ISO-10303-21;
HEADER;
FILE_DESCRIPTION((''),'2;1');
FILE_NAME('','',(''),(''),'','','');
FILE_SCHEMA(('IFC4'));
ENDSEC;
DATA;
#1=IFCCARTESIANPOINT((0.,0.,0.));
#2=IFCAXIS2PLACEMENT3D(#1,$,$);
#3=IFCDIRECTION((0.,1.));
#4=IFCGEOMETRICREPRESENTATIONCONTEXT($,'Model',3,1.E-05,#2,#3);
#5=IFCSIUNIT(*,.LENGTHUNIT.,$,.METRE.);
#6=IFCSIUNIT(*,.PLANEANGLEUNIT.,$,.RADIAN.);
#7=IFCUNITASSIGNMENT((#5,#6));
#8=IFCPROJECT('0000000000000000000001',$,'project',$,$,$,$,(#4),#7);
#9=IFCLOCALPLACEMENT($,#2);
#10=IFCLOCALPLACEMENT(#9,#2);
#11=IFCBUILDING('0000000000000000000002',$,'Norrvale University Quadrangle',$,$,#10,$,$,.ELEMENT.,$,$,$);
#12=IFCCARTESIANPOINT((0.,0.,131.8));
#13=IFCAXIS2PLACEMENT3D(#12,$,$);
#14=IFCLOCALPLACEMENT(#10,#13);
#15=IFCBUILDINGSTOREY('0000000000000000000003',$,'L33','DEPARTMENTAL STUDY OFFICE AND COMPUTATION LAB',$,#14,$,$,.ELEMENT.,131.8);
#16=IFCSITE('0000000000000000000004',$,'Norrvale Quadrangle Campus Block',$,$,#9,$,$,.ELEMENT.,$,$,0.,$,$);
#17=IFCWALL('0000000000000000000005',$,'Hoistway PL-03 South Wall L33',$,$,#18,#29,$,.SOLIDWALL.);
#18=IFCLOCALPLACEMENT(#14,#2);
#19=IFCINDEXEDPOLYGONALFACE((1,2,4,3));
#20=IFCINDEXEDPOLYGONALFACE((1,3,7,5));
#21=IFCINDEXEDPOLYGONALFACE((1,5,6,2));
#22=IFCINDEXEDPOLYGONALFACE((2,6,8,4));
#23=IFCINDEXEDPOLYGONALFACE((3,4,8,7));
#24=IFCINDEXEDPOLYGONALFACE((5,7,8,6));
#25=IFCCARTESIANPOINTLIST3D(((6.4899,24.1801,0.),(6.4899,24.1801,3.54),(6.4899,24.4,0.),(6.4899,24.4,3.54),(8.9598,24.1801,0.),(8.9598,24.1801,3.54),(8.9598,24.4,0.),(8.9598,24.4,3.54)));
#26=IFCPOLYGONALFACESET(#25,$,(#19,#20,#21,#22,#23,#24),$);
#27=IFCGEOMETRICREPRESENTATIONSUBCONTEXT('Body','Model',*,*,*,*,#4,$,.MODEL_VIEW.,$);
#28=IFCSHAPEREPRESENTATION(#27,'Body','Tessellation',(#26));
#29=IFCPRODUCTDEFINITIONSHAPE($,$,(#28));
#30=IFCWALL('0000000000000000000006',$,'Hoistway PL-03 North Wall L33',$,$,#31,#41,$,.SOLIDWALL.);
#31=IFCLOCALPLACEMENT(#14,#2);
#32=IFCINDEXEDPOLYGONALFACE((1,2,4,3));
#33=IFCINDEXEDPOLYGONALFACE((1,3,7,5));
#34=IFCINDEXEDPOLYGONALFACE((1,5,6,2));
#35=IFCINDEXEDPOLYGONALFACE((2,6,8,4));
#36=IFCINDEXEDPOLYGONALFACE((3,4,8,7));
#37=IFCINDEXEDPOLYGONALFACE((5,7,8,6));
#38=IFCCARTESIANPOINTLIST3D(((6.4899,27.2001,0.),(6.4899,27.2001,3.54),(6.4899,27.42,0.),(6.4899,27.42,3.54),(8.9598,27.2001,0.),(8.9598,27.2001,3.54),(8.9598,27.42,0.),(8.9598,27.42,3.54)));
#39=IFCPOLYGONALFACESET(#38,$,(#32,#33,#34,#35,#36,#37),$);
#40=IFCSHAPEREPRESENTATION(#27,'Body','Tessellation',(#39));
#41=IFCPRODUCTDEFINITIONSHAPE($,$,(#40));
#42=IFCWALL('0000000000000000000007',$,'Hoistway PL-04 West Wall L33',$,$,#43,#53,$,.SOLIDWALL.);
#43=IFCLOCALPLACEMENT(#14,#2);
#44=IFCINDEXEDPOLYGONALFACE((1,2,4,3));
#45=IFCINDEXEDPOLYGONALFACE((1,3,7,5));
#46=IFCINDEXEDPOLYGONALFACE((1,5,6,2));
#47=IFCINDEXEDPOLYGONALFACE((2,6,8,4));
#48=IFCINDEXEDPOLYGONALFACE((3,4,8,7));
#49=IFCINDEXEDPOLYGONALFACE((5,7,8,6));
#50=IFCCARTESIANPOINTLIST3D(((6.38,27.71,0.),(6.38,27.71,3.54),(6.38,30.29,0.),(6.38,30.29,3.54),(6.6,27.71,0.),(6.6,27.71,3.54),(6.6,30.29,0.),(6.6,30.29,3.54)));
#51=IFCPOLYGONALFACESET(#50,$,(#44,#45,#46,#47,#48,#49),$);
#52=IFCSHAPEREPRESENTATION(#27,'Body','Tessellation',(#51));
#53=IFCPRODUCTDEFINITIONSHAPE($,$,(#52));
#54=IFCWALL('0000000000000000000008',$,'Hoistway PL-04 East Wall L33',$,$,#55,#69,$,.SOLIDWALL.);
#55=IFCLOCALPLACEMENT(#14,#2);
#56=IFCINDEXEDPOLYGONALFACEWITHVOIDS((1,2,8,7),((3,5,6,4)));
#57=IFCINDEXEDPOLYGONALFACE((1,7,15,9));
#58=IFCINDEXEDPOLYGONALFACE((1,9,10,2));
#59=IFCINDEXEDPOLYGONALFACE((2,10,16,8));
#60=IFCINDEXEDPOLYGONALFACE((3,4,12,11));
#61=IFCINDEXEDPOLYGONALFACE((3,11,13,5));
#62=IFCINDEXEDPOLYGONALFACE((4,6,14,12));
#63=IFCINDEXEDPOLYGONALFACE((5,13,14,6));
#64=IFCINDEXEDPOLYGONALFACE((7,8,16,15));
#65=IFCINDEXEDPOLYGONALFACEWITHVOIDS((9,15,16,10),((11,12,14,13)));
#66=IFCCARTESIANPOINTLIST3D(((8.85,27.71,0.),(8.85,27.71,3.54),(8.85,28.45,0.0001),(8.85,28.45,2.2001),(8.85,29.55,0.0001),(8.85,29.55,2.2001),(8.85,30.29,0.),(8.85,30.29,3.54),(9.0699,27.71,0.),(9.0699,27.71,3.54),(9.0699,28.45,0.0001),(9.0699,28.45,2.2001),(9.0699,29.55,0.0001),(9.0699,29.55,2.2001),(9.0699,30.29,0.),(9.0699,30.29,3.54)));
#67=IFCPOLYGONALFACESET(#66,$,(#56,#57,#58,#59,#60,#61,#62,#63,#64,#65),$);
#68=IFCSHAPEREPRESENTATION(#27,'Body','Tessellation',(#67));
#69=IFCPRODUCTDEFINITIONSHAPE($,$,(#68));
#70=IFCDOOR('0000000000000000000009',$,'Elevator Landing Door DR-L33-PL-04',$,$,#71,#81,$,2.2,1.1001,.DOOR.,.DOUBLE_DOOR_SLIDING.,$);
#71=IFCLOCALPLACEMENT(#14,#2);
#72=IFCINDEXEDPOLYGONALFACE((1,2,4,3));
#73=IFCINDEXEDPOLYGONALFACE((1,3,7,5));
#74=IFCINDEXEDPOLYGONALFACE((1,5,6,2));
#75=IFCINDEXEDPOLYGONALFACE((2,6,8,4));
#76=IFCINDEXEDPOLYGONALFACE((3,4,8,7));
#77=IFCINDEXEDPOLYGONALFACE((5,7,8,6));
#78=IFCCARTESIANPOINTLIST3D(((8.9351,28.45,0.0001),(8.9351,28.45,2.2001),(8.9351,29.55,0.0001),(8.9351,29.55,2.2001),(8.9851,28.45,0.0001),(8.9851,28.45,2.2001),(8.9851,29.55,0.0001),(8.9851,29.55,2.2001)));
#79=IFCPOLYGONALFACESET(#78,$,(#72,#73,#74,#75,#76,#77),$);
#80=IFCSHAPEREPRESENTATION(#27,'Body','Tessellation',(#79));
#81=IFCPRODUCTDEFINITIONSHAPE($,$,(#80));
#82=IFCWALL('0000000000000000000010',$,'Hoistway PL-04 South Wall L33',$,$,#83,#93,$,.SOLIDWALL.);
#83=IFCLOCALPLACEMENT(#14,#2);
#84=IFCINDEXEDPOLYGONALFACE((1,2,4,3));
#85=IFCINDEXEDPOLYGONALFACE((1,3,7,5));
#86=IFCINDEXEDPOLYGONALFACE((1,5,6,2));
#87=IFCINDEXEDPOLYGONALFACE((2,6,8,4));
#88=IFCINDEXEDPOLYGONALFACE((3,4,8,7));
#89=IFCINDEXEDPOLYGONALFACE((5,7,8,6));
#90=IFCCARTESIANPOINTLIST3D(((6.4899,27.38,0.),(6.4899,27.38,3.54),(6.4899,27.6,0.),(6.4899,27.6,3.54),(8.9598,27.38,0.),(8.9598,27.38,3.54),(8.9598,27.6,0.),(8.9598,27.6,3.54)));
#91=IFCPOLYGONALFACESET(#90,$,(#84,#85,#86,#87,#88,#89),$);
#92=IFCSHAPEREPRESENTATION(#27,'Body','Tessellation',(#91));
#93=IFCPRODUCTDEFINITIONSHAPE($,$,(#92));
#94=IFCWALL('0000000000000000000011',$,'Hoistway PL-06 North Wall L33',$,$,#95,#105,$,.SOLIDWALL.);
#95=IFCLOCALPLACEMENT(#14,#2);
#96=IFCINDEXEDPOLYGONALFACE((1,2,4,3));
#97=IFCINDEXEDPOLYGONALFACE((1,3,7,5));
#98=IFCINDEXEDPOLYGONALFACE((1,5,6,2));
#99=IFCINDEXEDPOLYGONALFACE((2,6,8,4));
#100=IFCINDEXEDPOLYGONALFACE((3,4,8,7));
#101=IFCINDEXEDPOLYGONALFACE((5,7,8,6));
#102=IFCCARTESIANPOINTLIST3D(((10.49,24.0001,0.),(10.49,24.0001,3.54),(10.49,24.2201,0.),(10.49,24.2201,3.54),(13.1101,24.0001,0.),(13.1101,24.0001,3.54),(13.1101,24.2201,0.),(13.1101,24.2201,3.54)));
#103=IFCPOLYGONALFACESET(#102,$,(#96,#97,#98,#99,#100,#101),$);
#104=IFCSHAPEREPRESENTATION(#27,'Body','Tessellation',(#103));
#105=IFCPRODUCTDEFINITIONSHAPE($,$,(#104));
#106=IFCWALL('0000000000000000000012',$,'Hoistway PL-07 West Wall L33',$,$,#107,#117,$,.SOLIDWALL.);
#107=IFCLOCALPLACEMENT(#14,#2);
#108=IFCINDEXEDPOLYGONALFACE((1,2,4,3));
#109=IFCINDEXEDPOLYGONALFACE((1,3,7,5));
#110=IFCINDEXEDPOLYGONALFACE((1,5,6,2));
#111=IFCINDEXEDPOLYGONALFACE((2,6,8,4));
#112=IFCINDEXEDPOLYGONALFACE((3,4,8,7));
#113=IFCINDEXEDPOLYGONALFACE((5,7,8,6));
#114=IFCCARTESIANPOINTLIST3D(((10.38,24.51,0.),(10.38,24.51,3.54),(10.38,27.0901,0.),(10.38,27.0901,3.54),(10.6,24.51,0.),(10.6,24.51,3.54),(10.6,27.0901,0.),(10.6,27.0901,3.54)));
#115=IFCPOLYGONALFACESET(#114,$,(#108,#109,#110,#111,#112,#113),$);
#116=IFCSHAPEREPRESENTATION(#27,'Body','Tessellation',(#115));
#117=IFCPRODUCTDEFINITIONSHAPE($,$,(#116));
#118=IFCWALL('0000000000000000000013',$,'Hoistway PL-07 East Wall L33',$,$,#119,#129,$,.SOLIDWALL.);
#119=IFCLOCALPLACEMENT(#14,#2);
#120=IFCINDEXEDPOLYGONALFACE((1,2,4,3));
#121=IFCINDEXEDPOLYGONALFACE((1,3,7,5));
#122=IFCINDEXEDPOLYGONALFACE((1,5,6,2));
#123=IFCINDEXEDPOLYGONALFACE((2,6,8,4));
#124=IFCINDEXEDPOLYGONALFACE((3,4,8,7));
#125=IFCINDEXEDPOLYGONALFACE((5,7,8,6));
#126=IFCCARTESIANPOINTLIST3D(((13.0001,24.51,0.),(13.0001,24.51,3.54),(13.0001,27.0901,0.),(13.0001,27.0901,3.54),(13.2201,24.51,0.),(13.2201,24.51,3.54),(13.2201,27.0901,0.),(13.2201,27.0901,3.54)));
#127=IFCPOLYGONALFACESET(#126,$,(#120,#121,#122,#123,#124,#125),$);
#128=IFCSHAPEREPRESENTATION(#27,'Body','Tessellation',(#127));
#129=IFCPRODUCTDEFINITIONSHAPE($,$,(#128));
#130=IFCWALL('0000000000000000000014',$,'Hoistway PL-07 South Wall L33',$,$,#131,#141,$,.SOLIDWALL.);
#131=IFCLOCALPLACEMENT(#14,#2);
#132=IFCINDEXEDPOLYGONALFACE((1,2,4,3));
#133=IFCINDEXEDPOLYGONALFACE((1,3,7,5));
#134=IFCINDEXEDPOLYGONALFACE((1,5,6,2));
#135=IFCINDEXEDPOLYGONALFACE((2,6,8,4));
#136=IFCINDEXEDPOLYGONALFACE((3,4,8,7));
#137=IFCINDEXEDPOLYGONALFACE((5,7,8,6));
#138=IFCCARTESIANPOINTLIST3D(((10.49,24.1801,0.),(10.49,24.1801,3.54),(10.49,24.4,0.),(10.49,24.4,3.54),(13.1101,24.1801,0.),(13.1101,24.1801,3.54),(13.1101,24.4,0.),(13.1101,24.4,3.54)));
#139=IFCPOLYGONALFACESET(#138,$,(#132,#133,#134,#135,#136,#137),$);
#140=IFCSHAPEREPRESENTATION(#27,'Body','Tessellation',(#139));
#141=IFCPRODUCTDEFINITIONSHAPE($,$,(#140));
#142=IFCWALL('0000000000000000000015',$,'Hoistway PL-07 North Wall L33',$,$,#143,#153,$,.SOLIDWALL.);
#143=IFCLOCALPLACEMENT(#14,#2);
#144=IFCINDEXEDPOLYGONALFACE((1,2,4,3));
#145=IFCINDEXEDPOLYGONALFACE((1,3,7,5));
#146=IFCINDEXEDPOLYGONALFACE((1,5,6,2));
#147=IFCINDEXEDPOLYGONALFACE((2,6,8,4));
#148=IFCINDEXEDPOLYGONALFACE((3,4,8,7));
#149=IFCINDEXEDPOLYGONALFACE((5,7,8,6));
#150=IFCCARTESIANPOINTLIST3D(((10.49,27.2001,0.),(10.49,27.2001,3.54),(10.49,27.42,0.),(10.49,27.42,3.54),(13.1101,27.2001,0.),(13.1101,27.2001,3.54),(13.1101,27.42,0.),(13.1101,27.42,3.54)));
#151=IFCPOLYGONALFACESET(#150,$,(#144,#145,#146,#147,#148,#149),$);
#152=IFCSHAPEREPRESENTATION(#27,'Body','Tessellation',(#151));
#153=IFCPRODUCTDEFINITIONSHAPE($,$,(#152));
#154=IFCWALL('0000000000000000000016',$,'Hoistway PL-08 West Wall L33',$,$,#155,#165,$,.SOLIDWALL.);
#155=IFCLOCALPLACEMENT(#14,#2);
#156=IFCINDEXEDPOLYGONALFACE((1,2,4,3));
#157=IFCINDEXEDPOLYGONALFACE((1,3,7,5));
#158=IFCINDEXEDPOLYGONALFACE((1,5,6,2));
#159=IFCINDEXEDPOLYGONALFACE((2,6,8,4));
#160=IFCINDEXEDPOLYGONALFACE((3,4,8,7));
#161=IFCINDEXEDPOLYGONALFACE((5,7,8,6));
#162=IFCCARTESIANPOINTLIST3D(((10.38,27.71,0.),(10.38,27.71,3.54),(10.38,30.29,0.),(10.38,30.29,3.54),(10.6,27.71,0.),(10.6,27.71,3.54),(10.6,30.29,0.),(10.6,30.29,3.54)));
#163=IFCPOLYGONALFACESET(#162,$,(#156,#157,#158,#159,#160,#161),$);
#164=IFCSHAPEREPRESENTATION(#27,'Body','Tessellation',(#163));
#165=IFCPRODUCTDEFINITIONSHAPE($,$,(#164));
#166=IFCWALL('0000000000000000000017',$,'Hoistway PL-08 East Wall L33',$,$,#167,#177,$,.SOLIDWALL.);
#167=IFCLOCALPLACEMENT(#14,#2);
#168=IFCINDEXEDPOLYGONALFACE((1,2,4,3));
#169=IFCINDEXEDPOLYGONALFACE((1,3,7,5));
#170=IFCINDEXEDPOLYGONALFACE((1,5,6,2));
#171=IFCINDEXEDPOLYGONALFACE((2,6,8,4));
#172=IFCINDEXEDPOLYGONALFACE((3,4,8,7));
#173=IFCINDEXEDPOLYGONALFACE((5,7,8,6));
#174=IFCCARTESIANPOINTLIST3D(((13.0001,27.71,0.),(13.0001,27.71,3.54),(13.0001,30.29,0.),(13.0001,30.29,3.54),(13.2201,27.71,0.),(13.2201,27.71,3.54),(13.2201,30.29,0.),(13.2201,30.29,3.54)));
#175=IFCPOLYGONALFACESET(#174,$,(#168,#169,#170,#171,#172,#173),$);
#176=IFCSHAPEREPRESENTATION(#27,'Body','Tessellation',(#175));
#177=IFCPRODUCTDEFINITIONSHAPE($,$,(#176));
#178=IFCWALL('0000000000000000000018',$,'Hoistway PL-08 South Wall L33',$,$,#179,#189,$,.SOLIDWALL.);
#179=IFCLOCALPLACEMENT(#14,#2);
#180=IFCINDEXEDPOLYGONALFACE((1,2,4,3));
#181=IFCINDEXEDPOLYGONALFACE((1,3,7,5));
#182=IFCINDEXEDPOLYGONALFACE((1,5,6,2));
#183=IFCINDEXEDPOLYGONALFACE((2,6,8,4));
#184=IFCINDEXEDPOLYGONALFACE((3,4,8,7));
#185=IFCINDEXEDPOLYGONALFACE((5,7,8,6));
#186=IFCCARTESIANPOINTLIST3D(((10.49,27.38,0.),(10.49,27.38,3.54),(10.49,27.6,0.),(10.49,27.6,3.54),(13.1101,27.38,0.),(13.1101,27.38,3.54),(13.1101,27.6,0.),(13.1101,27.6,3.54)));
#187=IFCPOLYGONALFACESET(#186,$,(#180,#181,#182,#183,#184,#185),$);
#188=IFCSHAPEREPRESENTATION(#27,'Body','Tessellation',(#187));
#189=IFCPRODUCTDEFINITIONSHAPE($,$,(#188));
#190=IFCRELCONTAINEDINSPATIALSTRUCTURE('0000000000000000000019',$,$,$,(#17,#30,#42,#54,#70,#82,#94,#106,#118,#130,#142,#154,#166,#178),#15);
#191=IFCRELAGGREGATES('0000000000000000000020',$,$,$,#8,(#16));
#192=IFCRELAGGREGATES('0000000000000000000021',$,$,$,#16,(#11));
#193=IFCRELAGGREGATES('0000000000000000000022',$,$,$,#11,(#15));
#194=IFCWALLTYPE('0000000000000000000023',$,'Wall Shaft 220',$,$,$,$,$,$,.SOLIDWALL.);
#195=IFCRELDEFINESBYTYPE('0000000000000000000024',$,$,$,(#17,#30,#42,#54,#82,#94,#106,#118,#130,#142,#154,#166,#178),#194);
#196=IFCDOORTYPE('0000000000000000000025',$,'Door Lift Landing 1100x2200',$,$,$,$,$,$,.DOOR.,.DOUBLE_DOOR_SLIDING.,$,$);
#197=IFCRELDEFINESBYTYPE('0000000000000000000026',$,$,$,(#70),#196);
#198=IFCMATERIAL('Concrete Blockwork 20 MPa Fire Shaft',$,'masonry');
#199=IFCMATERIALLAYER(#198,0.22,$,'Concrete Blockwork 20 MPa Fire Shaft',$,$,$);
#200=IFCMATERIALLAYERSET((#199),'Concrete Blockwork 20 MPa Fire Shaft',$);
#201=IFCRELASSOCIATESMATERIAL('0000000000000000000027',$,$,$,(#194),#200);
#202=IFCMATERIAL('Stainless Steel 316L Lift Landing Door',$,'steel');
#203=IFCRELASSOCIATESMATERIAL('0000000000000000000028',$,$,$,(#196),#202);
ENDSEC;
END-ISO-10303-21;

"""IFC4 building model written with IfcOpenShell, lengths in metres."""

from ifc_helpers import new_model, si_unit, direction, frame, frame_2d, origin, place, context, subcontext, project, spatial, rectangle, extrude, material, layer, layer_set, type_object, element, fill, save


model = new_model("IFC4")

# Units and contexts
model_context = context("Model", 3, precision=1e-05, world=origin(), true_north=direction((0.0, 1.0)))
body_context = subcontext(model_context, "Body", "Model", "MODEL_VIEW")
ifc_project = project(units=[si_unit("LENGTHUNIT", "METRE"), si_unit("PLANEANGLEUNIT", "RADIAN")], contexts=[model_context])

# Site, building, storey
site_placement = place(None, origin())
site = spatial("IfcSite", under=ifc_project, at=site_placement, Name="Norrvale Quadrangle Campus Block", CompositionType="ELEMENT", RefElevation=0.0)
building_placement = place(site_placement, origin())
building = spatial("IfcBuilding", under=site, at=building_placement, Name="Norrvale University Quadrangle", CompositionType="ELEMENT")
storey_placement = place(building_placement, frame((0.0, 0.0, 131.8)))
storey = spatial("IfcBuildingStorey", under=building, at=storey_placement, Name="L33", Description="DEPARTMENTAL STUDY OFFICE AND COMPUTATION LAB", CompositionType="ELEMENT", Elevation=131.8)

# Shared definitions
ifc_material_1 = material(Name="Concrete Blockwork 20 MPa Fire Shaft", Category="masonry")
ifc_layer = layer(ifc_material_1, 0.22, Name="Concrete Blockwork 20 MPa Fire Shaft")
ifc_layer_set = layer_set([ifc_layer], Name="Concrete Blockwork 20 MPa Fire Shaft")
wall_type = type_object("IfcWallType", Name="Wall Shaft 220", PredefinedType="SOLIDWALL", material=ifc_layer_set)

# Shared definitions
ifc_material_2 = material(Name="Stainless Steel 316L Lift Landing Door", Category="steel")
door_type = type_object("IfcDoorType", Name="Door Lift Landing 1100x2200", OperationType="DOUBLE_DOOR_SLIDING", PredefinedType="DOOR", material=ifc_material_2)

# Walls
for number, where, z_axis, x_axis, name in (
    (1, (6.49, 24.29, 0.0), (0.0, 0.0, 1.0), (1.0, 0.0, 0.0), "Hoistway PL-03 South Wall L33"),
    (2, (6.49, 27.3101, 0.0), (0.0, 0.0, 1.0), (1.0, 0.0, 0.0), "Hoistway PL-03 North Wall L33"),
):
    element("IfcWall", number, at=place(storey_placement, frame(where, z_axis=z_axis, x_axis=x_axis)), inside=storey, type_object=wall_type, Name=name, PredefinedType="SOLIDWALL", context=body_context, shape_type="SweptSolid", body=[
        extrude(rectangle(XDim=2.47, YDim=0.22, at=frame_2d((1.2349, 0.0))), origin(), (0.0, 0.0, 1.0), 3.54),
    ])
wall_1_placement = place(storey_placement, frame((6.49, 27.71, 0.0), z_axis=(0.0, 0.0, 1.0), x_axis=(0.0, 1.0, 0.0)))
element("IfcWall", 3, at=wall_1_placement, inside=storey, type_object=wall_type, Name="Hoistway PL-04 West Wall L33", PredefinedType="SOLIDWALL", context=body_context, shape_type="SweptSolid", body=[
    extrude(rectangle(XDim=2.5801, YDim=0.22, at=frame_2d((1.29, 0.0))), origin(), (0.0, 0.0, 1.0), 3.54),
])

# Wall, opening, door
wall_2_placement = place(storey_placement, frame((8.96, 27.71, 0.0), z_axis=(0.0, 0.0, 1.0), x_axis=(0.0, 1.0, 0.0)))
wall_2 = element("IfcWall", 4, at=wall_2_placement, inside=storey, type_object=wall_type, Name="Hoistway PL-04 East Wall L33", PredefinedType="SOLIDWALL", context=body_context, shape_type="SweptSolid", body=[
    extrude(rectangle(XDim=2.5801, YDim=0.22, at=frame_2d((1.29, 0.0))), origin(), (0.0, 0.0, 1.0), 3.54),
])
opening_1_placement = place(wall_2_placement, frame((0.74, 0.0, 0.0)))
opening_1 = element("IfcOpeningElement", 5, at=opening_1_placement, cuts=wall_2, PredefinedType="OPENING", context=body_context, shape_type="SweptSolid", body=[
    extrude(rectangle(XDim=1.1001, YDim=2.2, at=frame_2d((0.55, 1.1001))), frame((0.0, 0.1221, 0.0), z_axis=(0.0, -1.0, 0.0), x_axis=(1.0, 0.0, 0.0)), (0.0, 0.0, 1.0), 0.2439),
])
door_1_placement = place(opening_1_placement, origin())
door_1 = element("IfcDoor", 6, at=door_1_placement, inside=storey, type_object=door_type, Name="Elevator Landing Door DR-L33-PL-04", OperationType="DOUBLE_DOOR_SLIDING", OverallHeight=2.2, OverallWidth=1.1001, PredefinedType="DOOR", context=body_context, shape_type="SweptSolid", body=[
    extrude(rectangle(XDim=1.1001, YDim=2.2, at=frame_2d((0.55, 1.1001))), frame((0.0, 0.0249, 0.0), z_axis=(0.0, -1.0, 0.0), x_axis=(1.0, 0.0, 0.0)), (0.0, 0.0, 1.0), 0.05),
])
fill(opening_1, door_1)

# Walls
wall_3_placement = place(storey_placement, frame((6.49, 27.49, 0.0), z_axis=(0.0, 0.0, 1.0), x_axis=(1.0, 0.0, 0.0)))
element("IfcWall", 7, at=wall_3_placement, inside=storey, type_object=wall_type, Name="Hoistway PL-04 South Wall L33", PredefinedType="SOLIDWALL", context=body_context, shape_type="SweptSolid", body=[
    extrude(rectangle(XDim=2.47, YDim=0.22, at=frame_2d((1.2349, 0.0))), origin(), (0.0, 0.0, 1.0), 3.54),
])
wall_4_placement = place(storey_placement, frame((10.49, 24.1101, 0.0), z_axis=(0.0, 0.0, 1.0), x_axis=(1.0, 0.0, 0.0)))
element("IfcWall", 8, at=wall_4_placement, inside=storey, type_object=wall_type, Name="Hoistway PL-06 North Wall L33", PredefinedType="SOLIDWALL", context=body_context, shape_type="SweptSolid", body=[
    extrude(rectangle(XDim=2.6201, YDim=0.22, at=frame_2d((1.3101, 0.0))), origin(), (0.0, 0.0, 1.0), 3.54),
])
for number, where, z_axis, x_axis, name in (
    (9, (10.49, 24.51, 0.0), (0.0, 0.0, 1.0), (0.0, 1.0, 0.0), "Hoistway PL-07 West Wall L33"),
    (10, (13.1101, 24.51, 0.0), (0.0, 0.0, 1.0), (0.0, 1.0, 0.0), "Hoistway PL-07 East Wall L33"),
):
    element("IfcWall", number, at=place(storey_placement, frame(where, z_axis=z_axis, x_axis=x_axis)), inside=storey, type_object=wall_type, Name=name, PredefinedType="SOLIDWALL", context=body_context, shape_type="SweptSolid", body=[
        extrude(rectangle(XDim=2.5801, YDim=0.22, at=frame_2d((1.29, 0.0))), origin(), (0.0, 0.0, 1.0), 3.54),
    ])
for number, where, z_axis, x_axis, name in (
    (11, (10.49, 24.29, 0.0), (0.0, 0.0, 1.0), (1.0, 0.0, 0.0), "Hoistway PL-07 South Wall L33"),
    (12, (10.49, 27.3101, 0.0), (0.0, 0.0, 1.0), (1.0, 0.0, 0.0), "Hoistway PL-07 North Wall L33"),
):
    element("IfcWall", number, at=place(storey_placement, frame(where, z_axis=z_axis, x_axis=x_axis)), inside=storey, type_object=wall_type, Name=name, PredefinedType="SOLIDWALL", context=body_context, shape_type="SweptSolid", body=[
        extrude(rectangle(XDim=2.6201, YDim=0.22, at=frame_2d((1.3101, 0.0))), origin(), (0.0, 0.0, 1.0), 3.54),
    ])
for number, where, z_axis, x_axis, name in (
    (13, (10.49, 27.71, 0.0), (0.0, 0.0, 1.0), (0.0, 1.0, 0.0), "Hoistway PL-08 West Wall L33"),
    (14, (13.1101, 27.71, 0.0), (0.0, 0.0, 1.0), (0.0, 1.0, 0.0), "Hoistway PL-08 East Wall L33"),
):
    element("IfcWall", number, at=place(storey_placement, frame(where, z_axis=z_axis, x_axis=x_axis)), inside=storey, type_object=wall_type, Name=name, PredefinedType="SOLIDWALL", context=body_context, shape_type="SweptSolid", body=[
        extrude(rectangle(XDim=2.5801, YDim=0.22, at=frame_2d((1.29, 0.0))), origin(), (0.0, 0.0, 1.0), 3.54),
    ])
wall_5_placement = place(storey_placement, frame((10.49, 27.49, 0.0), z_axis=(0.0, 0.0, 1.0), x_axis=(1.0, 0.0, 0.0)))
element("IfcWall", 15, at=wall_5_placement, inside=storey, type_object=wall_type, Name="Hoistway PL-08 South Wall L33", PredefinedType="SOLIDWALL", context=body_context, shape_type="SweptSolid", body=[
    extrude(rectangle(XDim=2.6201, YDim=0.22, at=frame_2d((1.3101, 0.0))), origin(), (0.0, 0.0, 1.0), 3.54),
])

save(model, "model.ifc")
